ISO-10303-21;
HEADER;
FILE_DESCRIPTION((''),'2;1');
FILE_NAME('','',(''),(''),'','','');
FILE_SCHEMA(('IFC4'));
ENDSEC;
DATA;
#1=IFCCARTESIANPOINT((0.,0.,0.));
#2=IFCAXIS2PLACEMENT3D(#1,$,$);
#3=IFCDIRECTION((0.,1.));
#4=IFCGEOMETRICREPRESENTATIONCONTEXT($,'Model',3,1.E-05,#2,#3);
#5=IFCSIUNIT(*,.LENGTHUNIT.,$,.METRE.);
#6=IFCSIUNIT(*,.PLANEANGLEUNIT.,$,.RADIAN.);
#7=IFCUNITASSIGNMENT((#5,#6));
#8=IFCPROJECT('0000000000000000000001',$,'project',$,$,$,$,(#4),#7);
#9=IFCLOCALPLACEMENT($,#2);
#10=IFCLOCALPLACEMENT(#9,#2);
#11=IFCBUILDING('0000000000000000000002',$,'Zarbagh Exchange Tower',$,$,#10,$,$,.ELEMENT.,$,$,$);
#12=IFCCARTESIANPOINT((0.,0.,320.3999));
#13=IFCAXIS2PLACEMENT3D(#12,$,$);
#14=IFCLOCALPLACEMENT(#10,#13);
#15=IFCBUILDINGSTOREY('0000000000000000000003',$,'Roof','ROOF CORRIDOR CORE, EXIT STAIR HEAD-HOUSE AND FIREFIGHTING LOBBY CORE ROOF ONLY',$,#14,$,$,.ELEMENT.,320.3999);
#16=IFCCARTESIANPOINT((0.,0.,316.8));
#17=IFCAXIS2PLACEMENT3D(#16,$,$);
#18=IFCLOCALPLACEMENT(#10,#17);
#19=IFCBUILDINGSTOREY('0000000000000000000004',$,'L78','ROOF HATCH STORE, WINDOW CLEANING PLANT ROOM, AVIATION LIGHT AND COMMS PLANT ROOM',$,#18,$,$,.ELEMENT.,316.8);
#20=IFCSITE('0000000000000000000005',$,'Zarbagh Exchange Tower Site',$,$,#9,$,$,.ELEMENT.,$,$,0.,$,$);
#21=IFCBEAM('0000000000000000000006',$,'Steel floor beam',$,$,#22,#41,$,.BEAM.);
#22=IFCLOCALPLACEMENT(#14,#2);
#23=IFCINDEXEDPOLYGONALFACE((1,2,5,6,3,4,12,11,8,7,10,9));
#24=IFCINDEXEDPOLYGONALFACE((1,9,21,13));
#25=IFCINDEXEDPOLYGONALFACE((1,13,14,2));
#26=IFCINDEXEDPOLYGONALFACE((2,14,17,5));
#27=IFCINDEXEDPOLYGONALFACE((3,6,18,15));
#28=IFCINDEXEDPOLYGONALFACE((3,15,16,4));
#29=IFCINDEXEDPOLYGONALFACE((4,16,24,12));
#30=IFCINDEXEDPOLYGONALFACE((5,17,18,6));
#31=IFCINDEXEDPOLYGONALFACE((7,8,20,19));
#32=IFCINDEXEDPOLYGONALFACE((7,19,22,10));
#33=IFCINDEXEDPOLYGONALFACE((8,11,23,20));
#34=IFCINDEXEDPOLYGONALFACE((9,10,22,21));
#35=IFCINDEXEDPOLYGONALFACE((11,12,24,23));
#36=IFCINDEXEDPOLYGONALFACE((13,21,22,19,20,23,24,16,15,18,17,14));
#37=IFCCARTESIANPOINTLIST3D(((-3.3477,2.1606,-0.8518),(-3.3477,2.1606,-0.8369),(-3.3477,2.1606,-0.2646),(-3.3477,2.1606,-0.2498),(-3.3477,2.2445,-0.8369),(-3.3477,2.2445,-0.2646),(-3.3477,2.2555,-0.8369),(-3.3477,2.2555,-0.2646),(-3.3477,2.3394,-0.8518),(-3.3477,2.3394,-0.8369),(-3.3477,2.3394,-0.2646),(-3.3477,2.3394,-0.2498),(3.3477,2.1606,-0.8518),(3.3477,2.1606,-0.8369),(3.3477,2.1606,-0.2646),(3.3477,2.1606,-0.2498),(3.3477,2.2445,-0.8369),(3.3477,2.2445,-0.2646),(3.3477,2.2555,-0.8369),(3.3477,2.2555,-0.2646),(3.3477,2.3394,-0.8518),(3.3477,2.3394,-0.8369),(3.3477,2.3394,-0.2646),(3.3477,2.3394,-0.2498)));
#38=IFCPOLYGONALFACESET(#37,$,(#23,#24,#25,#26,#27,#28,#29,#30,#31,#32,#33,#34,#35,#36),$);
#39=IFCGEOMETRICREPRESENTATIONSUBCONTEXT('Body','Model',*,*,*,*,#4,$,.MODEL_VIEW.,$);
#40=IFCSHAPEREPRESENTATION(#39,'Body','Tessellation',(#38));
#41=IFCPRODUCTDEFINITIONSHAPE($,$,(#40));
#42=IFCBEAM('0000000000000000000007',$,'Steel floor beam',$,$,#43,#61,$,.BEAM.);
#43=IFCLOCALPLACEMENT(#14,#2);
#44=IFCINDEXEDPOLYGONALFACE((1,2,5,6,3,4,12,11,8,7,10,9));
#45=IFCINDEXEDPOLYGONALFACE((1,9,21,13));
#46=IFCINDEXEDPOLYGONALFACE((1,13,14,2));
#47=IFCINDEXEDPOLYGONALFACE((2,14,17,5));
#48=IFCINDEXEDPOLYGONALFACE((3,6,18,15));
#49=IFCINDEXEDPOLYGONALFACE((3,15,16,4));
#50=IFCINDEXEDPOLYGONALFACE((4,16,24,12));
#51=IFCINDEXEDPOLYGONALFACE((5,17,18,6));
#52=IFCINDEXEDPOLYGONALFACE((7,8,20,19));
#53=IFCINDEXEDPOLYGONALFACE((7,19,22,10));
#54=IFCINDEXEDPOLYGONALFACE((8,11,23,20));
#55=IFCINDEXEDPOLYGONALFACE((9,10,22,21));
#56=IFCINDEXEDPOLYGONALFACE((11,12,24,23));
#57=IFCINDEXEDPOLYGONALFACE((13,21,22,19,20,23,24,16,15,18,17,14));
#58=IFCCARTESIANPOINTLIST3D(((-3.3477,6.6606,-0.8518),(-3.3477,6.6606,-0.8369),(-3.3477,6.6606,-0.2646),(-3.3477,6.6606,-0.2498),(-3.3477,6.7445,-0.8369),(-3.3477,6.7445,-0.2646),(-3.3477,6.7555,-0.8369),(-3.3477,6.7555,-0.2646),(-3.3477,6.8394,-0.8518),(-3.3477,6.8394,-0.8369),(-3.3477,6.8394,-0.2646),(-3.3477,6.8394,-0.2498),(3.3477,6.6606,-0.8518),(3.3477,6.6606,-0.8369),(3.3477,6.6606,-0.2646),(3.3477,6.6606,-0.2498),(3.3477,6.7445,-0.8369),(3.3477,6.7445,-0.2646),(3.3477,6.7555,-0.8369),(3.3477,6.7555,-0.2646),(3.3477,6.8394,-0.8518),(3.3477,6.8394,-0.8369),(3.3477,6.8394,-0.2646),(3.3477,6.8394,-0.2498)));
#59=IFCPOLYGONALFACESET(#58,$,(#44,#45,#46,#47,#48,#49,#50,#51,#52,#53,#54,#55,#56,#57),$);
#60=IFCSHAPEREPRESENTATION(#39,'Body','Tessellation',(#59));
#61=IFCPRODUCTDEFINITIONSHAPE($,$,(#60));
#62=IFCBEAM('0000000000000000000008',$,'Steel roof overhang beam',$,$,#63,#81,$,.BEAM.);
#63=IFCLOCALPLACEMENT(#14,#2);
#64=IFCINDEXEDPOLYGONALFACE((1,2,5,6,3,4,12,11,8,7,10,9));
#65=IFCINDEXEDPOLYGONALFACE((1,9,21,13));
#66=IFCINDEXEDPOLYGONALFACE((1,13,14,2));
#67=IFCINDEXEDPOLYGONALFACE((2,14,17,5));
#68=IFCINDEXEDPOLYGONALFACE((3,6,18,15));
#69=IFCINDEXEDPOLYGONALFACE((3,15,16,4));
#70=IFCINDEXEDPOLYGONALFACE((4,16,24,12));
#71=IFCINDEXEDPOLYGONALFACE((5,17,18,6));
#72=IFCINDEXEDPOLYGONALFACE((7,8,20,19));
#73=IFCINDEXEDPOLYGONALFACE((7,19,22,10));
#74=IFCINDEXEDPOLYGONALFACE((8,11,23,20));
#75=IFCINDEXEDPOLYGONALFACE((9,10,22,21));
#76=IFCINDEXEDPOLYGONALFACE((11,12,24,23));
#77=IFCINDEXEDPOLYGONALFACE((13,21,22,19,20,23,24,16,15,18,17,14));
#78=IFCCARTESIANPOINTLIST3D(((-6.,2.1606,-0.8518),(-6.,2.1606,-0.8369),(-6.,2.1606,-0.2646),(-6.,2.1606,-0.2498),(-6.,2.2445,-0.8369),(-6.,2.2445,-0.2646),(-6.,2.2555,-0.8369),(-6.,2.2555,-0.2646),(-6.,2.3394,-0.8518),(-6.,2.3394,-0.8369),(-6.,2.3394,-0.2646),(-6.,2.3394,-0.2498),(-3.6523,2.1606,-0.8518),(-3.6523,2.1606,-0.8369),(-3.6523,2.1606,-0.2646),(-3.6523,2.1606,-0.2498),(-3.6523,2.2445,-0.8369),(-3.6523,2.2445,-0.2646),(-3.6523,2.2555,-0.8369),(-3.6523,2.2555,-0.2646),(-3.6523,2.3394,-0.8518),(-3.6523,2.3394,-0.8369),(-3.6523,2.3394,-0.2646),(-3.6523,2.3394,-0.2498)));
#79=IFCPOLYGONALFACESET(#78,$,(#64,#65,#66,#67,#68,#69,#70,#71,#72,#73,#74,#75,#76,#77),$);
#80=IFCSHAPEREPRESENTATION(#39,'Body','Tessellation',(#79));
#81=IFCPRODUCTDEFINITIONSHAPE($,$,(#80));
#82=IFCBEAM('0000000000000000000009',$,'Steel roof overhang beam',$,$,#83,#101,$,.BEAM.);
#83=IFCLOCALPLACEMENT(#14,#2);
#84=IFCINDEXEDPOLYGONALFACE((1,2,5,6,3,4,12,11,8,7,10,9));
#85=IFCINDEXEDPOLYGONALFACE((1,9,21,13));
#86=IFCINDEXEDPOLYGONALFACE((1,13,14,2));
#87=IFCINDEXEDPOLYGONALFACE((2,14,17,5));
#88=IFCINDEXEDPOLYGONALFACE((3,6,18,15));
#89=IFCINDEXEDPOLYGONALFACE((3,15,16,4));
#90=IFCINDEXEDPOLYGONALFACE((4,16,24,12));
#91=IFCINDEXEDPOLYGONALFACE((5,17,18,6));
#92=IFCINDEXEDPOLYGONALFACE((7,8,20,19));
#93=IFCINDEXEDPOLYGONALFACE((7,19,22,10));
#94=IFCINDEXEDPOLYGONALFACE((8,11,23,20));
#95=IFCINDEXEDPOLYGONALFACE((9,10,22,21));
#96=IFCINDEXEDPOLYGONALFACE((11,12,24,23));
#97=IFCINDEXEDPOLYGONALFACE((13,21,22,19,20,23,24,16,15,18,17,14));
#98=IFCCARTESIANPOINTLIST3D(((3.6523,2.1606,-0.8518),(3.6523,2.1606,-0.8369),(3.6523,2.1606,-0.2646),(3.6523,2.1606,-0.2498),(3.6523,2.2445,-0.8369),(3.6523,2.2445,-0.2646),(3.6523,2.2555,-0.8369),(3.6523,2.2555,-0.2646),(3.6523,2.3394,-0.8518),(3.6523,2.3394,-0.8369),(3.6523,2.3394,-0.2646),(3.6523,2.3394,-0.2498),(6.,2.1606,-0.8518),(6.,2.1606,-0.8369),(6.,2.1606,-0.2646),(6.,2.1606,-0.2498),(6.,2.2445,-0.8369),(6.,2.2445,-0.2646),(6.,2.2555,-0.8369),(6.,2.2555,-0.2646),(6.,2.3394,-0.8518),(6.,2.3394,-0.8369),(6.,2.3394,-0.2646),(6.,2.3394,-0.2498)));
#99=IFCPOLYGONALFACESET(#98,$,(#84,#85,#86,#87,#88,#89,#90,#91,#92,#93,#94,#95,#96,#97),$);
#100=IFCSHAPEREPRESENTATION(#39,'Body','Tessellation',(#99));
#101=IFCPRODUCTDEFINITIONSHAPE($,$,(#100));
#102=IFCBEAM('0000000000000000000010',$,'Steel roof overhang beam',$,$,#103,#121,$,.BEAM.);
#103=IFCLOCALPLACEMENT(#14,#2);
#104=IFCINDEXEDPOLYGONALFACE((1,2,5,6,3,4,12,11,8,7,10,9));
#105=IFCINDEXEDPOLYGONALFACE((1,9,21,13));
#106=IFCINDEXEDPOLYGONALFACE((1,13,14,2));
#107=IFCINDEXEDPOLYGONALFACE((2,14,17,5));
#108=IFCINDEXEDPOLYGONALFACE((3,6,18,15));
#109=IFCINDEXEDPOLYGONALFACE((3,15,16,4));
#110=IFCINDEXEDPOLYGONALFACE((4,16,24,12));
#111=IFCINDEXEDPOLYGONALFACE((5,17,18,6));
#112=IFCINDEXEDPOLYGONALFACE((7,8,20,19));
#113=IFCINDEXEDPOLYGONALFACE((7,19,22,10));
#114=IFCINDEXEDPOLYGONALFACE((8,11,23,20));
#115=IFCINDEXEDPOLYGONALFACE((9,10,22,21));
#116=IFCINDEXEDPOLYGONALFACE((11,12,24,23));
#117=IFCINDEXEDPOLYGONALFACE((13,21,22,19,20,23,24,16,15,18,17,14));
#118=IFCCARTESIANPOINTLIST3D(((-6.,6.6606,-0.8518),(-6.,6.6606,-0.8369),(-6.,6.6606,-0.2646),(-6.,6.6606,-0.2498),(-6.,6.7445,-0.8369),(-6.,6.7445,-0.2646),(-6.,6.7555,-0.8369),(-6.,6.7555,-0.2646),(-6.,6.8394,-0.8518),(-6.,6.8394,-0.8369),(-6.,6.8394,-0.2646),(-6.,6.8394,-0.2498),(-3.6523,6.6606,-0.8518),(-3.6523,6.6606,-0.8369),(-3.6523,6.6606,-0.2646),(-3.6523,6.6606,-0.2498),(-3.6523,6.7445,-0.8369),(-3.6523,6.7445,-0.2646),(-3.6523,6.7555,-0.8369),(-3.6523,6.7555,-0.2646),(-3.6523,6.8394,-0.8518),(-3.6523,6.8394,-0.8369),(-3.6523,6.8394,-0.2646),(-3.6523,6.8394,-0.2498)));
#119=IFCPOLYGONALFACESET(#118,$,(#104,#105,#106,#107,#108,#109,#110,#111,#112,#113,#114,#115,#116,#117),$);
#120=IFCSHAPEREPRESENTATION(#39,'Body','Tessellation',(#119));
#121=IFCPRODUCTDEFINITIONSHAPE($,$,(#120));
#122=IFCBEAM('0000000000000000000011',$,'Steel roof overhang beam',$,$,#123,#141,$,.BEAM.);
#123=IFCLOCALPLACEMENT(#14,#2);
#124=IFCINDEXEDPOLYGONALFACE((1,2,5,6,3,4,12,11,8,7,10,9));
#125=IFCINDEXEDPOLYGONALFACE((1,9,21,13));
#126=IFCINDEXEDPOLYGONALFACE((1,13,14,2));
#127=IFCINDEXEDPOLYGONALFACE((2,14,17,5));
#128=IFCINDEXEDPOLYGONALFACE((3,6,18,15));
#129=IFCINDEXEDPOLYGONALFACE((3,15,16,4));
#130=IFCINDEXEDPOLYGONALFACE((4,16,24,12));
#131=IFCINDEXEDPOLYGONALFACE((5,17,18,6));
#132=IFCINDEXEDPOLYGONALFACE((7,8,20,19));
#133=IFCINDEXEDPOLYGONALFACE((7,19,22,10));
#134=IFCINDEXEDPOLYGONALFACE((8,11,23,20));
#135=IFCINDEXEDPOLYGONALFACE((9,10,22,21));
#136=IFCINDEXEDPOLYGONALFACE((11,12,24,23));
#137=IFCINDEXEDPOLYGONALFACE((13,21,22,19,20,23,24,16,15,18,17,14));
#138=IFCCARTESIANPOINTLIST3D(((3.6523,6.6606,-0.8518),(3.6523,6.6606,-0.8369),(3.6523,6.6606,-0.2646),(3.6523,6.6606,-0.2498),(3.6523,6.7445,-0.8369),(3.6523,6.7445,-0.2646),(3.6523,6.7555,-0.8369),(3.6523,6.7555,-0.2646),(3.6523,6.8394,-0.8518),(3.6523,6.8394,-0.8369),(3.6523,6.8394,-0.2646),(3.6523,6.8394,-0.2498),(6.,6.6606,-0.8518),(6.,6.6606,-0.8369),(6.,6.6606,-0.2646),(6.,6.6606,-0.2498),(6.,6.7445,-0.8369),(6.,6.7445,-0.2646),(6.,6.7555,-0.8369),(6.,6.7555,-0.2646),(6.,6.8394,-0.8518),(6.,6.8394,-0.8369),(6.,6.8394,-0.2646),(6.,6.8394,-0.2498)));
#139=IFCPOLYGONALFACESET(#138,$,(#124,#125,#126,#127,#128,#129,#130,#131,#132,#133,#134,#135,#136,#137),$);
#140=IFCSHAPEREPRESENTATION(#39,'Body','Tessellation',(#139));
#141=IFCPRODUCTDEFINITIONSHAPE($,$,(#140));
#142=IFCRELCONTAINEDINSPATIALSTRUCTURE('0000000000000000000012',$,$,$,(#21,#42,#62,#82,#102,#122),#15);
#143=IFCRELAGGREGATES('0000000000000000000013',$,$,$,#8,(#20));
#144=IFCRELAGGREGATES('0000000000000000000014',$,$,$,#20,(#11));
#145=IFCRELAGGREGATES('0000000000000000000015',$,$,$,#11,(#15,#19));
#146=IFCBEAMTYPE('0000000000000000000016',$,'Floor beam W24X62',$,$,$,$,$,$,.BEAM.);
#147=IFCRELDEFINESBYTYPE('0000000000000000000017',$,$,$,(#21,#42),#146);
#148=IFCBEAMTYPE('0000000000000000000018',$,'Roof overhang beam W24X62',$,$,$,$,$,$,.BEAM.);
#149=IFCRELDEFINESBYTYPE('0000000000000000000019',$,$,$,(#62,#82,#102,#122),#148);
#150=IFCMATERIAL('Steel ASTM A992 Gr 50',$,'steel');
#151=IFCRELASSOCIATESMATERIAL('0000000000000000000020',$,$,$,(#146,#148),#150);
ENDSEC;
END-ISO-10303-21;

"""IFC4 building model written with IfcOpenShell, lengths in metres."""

from ifc_helpers import new_model, si_unit, direction, frame, origin, origin_2d, place, context, subcontext, project, spatial, i_section, extrude, material, material_profile, profile_set, type_object, element, save


model = new_model("IFC4")

# Units and contexts
model_context = context("Model", 3, precision=1e-05, world=origin(), true_north=direction((0.0, 1.0)))
body_context = subcontext(model_context, "Body", "Model", "MODEL_VIEW")
ifc_project = project(units=[si_unit("LENGTHUNIT", "METRE"), si_unit("PLANEANGLEUNIT", "RADIAN")], contexts=[model_context])

# Site, building, storey
site_placement = place(None, origin())
site = spatial("IfcSite", under=ifc_project, at=site_placement, Name="Zarbagh Exchange Tower Site", CompositionType="ELEMENT", RefElevation=0.0)
building_placement = place(site_placement, origin())
building = spatial("IfcBuilding", under=site, at=building_placement, Name="Zarbagh Exchange Tower", CompositionType="ELEMENT")
storey_1_placement = place(building_placement, frame((0.0, 0.0, 320.3999)))
storey_1 = spatial("IfcBuildingStorey", under=building, at=storey_1_placement, Name="Roof", Description="ROOF CORRIDOR CORE, EXIT STAIR HEAD-HOUSE AND FIREFIGHTING LOBBY CORE ROOF ONLY", CompositionType="ELEMENT", Elevation=320.3999)

# Beams
ifc_material_1 = material(Name="Steel ASTM A992 Gr 50", Category="steel")
ifc_material_profile_1 = material_profile(ifc_material_1, i_section(OverallWidth=0.1787, OverallDepth=0.6021, WebThickness=0.011, FlangeThickness=0.0149, at=origin_2d()), Name="W24X62")
ifc_profile_set_1 = profile_set([ifc_material_profile_1], Name="Steel ASTM A992 Gr 50")
beam_type_1 = type_object("IfcBeamType", Name="Floor beam W24X62", PredefinedType="BEAM", material=ifc_profile_set_1)
for number, where, z_axis, x_axis, name in (
    (1, (-3.3477, 2.25, -0.5508), (1.0, 0.0, 0.0), (0.0, 1.0, 0.0), "Steel floor beam"),
    (2, (-3.3477, 6.75, -0.5508), (1.0, 0.0, 0.0), (0.0, 1.0, 0.0), "Steel floor beam"),
):
    element("IfcBeam", number, at=place(storey_1_placement, frame(where, z_axis=z_axis, x_axis=x_axis)), inside=storey_1, type_object=beam_type_1, Name=name, PredefinedType="BEAM", context=body_context, shape_type="SweptSolid", body=[
        extrude(i_section(OverallWidth=0.1787, OverallDepth=0.6021, WebThickness=0.011, FlangeThickness=0.0149, at=origin_2d()), origin(), (0.0, 0.0, 1.0), 6.6953),
    ])
ifc_material_profile_2 = material_profile(ifc_material_1, i_section(OverallWidth=0.1787, OverallDepth=0.6021, WebThickness=0.011, FlangeThickness=0.0149, at=origin_2d()), Name="W24X62")
ifc_profile_set_2 = profile_set([ifc_material_profile_2], Name="Steel ASTM A992 Gr 50")
beam_type_2 = type_object("IfcBeamType", Name="Roof overhang beam W24X62", PredefinedType="BEAM", material=ifc_profile_set_2)
for number, where, z_axis, x_axis, name in (
    (3, (-3.6523, 2.25, -0.5508), (-1.0, 0.0, 0.0), (0.0, -1.0, 0.0), "Steel roof overhang beam"),
    (4, (3.6523, 2.25, -0.5508), (1.0, 0.0, 0.0), (0.0, 1.0, 0.0), "Steel roof overhang beam"),
    (5, (-3.6523, 6.75, -0.5508), (-1.0, 0.0, 0.0), (0.0, -1.0, 0.0), "Steel roof overhang beam"),
    (6, (3.6523, 6.75, -0.5508), (1.0, 0.0, 0.0), (0.0, 1.0, 0.0), "Steel roof overhang beam"),
):
    element("IfcBeam", number, at=place(storey_1_placement, frame(where, z_axis=z_axis, x_axis=x_axis)), inside=storey_1, type_object=beam_type_2, Name=name, PredefinedType="BEAM", context=body_context, shape_type="SweptSolid", body=[
        extrude(i_section(OverallWidth=0.1787, OverallDepth=0.6021, WebThickness=0.011, FlangeThickness=0.0149, at=origin_2d()), origin(), (0.0, 0.0, 1.0), 2.3477),
    ])

# Shared definitions
storey_2_placement = place(building_placement, frame((0.0, 0.0, 316.8)))
storey_2 = spatial("IfcBuildingStorey", under=building, at=storey_2_placement, Name="L78", Description="ROOF HATCH STORE, WINDOW CLEANING PLANT ROOM, AVIATION LIGHT AND COMMS PLANT ROOM", CompositionType="ELEMENT", Elevation=316.8)

save(model, "model.ifc")
